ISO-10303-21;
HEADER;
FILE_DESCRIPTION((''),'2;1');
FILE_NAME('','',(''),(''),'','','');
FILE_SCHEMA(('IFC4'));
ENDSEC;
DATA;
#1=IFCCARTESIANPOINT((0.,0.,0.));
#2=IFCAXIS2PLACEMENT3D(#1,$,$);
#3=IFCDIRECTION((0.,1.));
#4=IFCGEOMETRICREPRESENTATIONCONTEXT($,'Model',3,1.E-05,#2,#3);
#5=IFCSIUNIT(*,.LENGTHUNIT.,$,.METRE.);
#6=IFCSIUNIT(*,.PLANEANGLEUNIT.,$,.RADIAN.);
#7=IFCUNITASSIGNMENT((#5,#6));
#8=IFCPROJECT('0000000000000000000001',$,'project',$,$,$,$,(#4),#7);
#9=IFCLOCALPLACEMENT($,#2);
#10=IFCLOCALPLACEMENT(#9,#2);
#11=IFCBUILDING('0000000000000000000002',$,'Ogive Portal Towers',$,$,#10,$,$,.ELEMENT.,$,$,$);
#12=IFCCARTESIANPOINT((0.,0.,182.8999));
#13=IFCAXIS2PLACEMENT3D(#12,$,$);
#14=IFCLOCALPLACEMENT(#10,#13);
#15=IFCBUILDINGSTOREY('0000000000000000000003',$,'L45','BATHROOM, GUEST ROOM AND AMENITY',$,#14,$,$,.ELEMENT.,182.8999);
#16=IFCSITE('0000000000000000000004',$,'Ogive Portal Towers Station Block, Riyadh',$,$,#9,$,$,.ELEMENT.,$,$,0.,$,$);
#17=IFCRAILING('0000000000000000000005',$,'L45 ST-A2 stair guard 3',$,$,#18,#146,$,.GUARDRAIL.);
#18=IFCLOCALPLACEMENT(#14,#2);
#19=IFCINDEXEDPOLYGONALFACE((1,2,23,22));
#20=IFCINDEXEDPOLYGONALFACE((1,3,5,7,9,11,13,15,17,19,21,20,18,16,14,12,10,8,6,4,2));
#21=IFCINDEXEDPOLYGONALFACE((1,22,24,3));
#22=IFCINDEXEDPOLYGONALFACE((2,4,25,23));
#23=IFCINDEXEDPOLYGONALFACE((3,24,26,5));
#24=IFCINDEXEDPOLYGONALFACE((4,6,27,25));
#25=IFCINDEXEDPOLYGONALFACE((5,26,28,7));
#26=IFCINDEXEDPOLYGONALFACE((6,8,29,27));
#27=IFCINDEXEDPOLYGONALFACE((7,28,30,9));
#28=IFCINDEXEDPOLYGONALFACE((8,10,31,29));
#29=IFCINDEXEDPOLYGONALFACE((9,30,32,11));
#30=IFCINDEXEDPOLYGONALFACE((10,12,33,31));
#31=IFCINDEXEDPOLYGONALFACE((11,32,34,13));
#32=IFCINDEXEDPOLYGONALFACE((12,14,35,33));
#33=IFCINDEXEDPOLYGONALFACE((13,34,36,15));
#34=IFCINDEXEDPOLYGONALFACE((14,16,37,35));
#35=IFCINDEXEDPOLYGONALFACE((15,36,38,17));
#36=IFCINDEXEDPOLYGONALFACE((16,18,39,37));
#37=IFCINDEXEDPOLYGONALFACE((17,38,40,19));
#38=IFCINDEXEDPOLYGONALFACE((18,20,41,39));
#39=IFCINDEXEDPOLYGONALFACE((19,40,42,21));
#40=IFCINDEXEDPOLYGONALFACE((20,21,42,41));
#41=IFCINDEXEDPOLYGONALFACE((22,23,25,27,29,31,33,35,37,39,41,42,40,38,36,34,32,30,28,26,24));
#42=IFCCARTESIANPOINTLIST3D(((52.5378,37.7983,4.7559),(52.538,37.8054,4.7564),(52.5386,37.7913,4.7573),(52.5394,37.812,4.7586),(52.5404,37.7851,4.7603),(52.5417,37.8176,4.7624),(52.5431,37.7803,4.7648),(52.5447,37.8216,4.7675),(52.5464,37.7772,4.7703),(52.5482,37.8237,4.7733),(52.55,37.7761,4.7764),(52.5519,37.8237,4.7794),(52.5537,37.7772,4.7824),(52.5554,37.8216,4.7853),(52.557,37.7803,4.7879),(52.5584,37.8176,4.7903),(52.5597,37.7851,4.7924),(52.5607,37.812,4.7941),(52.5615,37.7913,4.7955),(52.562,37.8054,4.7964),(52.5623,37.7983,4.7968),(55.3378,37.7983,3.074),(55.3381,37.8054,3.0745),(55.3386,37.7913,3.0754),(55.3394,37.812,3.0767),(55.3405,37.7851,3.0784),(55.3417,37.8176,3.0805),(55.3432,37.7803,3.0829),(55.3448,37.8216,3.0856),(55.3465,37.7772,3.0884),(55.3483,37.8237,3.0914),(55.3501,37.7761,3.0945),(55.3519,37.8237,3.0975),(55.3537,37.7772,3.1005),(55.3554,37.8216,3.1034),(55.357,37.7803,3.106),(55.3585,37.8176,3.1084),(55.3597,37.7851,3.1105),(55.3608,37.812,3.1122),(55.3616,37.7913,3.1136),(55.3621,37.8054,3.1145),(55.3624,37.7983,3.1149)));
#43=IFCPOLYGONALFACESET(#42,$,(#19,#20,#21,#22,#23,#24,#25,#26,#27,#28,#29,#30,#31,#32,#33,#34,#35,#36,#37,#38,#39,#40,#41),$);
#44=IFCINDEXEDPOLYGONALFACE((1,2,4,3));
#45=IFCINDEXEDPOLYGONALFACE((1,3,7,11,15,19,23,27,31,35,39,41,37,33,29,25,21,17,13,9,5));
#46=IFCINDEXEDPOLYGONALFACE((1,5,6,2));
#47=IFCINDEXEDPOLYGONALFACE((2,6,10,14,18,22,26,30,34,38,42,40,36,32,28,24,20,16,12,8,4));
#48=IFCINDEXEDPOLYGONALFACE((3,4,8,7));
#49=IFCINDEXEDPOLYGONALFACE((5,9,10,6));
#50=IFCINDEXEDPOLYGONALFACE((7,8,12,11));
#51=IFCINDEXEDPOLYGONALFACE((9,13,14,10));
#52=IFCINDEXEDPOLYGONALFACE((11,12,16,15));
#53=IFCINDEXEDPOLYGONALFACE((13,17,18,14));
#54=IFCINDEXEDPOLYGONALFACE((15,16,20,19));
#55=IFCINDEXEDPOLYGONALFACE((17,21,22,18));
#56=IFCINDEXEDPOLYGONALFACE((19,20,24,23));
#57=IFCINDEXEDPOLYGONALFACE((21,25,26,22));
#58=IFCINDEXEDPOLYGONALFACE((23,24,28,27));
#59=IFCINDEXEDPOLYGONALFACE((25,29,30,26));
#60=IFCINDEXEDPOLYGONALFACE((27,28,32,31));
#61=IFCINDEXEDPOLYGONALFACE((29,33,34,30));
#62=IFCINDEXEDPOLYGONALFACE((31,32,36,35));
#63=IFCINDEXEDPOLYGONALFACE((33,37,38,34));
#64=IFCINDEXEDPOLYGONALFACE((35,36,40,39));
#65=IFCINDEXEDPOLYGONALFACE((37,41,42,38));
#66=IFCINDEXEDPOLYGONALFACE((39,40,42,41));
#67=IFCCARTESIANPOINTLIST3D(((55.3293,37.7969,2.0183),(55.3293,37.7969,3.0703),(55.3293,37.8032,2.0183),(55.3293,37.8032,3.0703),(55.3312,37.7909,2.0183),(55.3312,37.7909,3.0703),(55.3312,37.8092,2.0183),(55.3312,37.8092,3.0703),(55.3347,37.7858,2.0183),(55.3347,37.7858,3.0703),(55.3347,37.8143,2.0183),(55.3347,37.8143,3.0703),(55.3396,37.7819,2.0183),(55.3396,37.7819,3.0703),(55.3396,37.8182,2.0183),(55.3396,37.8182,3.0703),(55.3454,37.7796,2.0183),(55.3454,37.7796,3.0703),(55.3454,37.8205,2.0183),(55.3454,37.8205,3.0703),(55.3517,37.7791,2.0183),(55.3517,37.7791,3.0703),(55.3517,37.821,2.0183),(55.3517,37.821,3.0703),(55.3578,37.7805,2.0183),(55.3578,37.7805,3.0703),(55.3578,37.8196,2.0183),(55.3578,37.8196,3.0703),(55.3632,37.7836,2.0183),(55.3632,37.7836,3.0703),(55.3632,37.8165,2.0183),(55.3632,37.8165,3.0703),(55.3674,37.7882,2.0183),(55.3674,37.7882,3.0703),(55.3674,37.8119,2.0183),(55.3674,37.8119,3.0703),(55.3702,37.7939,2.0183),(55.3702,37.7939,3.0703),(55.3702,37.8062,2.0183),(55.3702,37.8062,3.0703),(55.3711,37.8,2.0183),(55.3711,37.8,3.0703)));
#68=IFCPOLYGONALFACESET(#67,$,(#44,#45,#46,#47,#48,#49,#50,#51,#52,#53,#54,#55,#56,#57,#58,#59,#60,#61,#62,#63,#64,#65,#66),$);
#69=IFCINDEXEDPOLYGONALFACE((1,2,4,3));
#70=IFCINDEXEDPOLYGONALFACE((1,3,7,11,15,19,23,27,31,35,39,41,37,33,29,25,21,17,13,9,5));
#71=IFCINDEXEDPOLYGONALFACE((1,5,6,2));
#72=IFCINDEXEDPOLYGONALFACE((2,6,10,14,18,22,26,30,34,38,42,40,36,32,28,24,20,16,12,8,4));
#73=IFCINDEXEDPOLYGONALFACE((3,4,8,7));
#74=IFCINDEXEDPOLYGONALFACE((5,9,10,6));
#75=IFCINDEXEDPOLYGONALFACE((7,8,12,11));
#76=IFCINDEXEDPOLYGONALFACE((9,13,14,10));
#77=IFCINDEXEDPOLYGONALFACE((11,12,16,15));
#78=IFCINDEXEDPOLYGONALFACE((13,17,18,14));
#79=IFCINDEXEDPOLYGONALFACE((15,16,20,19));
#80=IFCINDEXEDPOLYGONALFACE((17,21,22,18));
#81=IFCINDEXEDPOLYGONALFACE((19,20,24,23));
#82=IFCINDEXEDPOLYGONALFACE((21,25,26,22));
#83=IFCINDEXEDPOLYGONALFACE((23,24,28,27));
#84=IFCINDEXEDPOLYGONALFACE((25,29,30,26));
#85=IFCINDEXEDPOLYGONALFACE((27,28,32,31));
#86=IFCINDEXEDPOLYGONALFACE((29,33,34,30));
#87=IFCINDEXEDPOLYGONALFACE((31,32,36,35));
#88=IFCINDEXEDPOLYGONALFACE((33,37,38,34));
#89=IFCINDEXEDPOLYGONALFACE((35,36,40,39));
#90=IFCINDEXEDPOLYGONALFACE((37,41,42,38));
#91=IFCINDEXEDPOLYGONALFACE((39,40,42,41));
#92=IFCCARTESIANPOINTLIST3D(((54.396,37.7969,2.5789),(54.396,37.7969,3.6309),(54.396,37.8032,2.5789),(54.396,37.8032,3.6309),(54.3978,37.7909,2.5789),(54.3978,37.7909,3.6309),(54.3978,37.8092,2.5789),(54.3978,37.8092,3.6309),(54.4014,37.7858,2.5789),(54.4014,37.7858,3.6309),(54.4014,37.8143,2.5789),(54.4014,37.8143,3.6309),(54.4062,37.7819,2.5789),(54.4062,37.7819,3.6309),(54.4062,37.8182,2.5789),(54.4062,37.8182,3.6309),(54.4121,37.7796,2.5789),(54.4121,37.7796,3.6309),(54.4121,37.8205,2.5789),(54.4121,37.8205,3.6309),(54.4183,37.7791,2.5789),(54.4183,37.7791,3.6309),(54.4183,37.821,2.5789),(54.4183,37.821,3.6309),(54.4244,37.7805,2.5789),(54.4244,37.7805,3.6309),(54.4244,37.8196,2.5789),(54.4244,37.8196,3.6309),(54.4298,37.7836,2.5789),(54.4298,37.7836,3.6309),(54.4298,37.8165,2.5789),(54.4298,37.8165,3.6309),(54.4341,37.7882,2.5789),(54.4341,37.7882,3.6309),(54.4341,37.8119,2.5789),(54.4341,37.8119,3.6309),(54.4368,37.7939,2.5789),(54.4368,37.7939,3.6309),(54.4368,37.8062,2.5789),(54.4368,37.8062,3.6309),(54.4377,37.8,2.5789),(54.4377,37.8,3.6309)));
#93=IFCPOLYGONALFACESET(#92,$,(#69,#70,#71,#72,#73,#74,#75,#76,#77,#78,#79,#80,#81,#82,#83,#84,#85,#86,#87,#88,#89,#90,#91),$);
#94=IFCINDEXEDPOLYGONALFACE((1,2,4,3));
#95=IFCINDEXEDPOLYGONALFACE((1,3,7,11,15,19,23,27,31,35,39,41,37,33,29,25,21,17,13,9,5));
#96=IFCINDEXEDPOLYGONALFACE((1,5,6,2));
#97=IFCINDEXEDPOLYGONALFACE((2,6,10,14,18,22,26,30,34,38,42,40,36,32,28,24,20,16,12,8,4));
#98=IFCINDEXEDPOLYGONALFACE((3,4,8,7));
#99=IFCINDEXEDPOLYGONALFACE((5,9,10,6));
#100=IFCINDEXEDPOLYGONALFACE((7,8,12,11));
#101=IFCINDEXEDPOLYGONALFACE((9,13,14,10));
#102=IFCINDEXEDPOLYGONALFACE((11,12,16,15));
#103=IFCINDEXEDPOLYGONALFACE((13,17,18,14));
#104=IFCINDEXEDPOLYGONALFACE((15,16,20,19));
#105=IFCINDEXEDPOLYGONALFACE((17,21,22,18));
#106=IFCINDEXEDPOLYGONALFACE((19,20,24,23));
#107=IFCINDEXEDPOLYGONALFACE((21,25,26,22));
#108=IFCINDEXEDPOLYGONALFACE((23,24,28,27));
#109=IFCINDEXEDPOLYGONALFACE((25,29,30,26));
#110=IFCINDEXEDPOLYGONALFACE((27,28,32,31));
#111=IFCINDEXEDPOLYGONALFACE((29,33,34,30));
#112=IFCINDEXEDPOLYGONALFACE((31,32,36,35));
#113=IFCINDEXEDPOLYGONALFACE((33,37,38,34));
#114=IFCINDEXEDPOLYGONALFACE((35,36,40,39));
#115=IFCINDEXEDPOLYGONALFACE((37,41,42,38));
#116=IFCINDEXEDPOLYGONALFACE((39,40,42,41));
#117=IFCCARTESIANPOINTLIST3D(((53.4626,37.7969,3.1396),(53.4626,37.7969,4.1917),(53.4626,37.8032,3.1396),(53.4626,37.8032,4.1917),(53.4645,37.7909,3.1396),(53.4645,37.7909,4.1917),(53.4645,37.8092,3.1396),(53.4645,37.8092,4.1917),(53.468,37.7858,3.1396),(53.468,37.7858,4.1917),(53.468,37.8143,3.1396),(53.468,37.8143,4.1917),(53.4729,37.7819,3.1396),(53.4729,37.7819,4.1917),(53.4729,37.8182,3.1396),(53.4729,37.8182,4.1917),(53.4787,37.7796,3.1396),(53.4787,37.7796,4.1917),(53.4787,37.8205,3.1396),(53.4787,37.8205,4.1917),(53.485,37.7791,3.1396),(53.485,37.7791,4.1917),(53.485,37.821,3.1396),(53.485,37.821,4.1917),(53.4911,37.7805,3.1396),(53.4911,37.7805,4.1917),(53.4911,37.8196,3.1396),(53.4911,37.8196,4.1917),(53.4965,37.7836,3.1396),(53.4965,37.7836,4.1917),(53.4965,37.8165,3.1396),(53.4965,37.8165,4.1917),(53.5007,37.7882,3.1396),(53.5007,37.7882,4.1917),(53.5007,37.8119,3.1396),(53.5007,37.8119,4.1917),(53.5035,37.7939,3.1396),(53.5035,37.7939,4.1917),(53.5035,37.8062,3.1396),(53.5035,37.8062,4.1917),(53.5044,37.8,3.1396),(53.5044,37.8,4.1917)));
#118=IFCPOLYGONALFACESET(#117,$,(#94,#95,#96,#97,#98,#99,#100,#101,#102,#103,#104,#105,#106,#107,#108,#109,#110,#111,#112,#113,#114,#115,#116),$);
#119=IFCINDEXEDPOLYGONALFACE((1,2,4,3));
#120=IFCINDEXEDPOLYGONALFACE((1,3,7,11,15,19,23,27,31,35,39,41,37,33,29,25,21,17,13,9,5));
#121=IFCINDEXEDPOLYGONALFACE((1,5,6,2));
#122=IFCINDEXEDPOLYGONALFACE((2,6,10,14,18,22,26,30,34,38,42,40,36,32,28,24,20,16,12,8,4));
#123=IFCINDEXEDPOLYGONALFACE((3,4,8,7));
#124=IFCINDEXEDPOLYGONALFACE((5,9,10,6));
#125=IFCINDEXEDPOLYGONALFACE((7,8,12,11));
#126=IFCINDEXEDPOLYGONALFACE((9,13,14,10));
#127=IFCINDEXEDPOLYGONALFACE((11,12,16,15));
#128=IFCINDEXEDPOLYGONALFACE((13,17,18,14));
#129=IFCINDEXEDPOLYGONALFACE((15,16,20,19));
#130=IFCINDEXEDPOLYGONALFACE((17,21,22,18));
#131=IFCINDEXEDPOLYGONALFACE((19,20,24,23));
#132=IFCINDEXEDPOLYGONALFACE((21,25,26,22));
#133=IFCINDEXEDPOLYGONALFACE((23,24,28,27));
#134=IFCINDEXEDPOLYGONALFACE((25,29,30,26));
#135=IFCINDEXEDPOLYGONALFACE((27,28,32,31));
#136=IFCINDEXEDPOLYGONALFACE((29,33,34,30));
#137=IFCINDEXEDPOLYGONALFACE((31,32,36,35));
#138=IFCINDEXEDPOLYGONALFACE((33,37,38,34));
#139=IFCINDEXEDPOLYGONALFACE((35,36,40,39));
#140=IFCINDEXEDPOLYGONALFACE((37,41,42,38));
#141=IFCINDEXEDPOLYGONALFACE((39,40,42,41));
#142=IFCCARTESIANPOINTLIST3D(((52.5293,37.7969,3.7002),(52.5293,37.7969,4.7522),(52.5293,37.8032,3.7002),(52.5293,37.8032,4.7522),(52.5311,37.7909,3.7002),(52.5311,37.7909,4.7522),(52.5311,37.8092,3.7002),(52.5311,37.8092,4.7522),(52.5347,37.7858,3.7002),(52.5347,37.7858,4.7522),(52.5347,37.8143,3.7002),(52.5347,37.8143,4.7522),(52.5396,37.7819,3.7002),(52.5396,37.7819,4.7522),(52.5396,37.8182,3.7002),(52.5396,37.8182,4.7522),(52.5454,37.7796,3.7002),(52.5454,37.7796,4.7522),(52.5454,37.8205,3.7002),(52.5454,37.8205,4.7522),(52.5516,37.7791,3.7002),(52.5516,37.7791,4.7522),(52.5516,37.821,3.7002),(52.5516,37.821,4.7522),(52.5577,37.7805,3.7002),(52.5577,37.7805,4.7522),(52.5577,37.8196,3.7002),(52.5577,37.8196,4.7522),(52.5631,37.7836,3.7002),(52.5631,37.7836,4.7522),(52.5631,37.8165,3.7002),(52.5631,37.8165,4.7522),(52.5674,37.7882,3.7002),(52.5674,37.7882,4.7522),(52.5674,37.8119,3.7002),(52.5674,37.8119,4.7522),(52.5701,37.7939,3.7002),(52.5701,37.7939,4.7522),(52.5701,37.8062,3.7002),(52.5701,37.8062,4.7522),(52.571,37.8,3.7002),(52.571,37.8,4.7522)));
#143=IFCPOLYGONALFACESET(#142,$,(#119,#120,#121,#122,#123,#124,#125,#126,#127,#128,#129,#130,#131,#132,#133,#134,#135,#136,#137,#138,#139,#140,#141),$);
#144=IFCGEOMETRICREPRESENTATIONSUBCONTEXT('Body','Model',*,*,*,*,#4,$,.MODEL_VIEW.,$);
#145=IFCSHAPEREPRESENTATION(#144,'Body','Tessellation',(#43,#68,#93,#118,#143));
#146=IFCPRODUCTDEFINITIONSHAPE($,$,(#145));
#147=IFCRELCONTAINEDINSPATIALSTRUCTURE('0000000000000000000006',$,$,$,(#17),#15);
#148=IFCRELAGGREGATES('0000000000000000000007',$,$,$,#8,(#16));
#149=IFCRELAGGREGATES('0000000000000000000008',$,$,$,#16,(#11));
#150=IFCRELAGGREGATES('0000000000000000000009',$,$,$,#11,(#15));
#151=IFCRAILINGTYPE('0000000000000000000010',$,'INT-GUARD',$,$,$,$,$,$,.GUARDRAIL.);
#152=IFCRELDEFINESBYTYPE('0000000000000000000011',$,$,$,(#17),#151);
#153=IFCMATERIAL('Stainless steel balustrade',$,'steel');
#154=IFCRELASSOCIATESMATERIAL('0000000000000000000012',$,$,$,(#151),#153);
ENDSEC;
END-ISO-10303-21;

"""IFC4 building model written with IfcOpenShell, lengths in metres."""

from ifc_helpers import new_model, si_unit, direction, frame, origin, origin_2d, place, context, subcontext, project, spatial, circle, extrude, material, type_object, element, save


model = new_model("IFC4")

# Units and contexts
model_context = context("Model", 3, precision=1e-05, world=origin(), true_north=direction((0.0, 1.0)))
body_context = subcontext(model_context, "Body", "Model", "MODEL_VIEW")
ifc_project = project(units=[si_unit("LENGTHUNIT", "METRE"), si_unit("PLANEANGLEUNIT", "RADIAN")], contexts=[model_context])

# Site, building, storey
site_placement = place(None, origin())
site = spatial("IfcSite", under=ifc_project, at=site_placement, Name="Ogive Portal Towers Station Block, Riyadh", CompositionType="ELEMENT", RefElevation=0.0)
building_placement = place(site_placement, origin())
building = spatial("IfcBuilding", under=site, at=building_placement, Name="Ogive Portal Towers", CompositionType="ELEMENT")
storey_placement = place(building_placement, frame((0.0, 0.0, 182.8999)))
storey = spatial("IfcBuildingStorey", under=building, at=storey_placement, Name="L45", Description="BATHROOM, GUEST ROOM AND AMENITY", CompositionType="ELEMENT", Elevation=182.8999)

# Railing
ifc_material_1 = material(Name="Stainless steel balustrade", Category="steel")
railing_type_1 = type_object("IfcRailingType", Name="INT-GUARD", PredefinedType="GUARDRAIL", material=ifc_material_1)
railing_1_placement = place(storey_placement, frame((55.3501, 37.8, 2.0183)))
element("IfcRailing", 1, at=railing_1_placement, inside=storey, type_object=railing_type_1, Name="L45 ST-A2 stair guard 3", PredefinedType="GUARDRAIL", context=body_context, shape_type="SweptSolid", body=[
    extrude(circle(Radius=0.0239, at=origin_2d()), frame((0.0, 0.0, 1.0762), z_axis=(-0.857242, 0.0, 0.514913), x_axis=(0.0, -1.0, 0.0)), (0.0, 0.0, 1.0), 3.2664),
    extrude(circle(Radius=0.021, at=origin_2d()), origin(), (0.0, 0.0, 1.0), 1.052),
    extrude(circle(Radius=0.021, at=origin_2d()), frame((-0.9333, 0.0, 0.5605)), (0.0, 0.0, 1.0), 1.052),
    extrude(circle(Radius=0.021, at=origin_2d()), frame((-1.8667, 0.0, 1.1213)), (0.0, 0.0, 1.0), 1.052),
    extrude(circle(Radius=0.021, at=origin_2d()), frame((-2.8, 0.0, 1.6819)), (0.0, 0.0, 1.0), 1.052),
])

save(model, "model.ifc")
